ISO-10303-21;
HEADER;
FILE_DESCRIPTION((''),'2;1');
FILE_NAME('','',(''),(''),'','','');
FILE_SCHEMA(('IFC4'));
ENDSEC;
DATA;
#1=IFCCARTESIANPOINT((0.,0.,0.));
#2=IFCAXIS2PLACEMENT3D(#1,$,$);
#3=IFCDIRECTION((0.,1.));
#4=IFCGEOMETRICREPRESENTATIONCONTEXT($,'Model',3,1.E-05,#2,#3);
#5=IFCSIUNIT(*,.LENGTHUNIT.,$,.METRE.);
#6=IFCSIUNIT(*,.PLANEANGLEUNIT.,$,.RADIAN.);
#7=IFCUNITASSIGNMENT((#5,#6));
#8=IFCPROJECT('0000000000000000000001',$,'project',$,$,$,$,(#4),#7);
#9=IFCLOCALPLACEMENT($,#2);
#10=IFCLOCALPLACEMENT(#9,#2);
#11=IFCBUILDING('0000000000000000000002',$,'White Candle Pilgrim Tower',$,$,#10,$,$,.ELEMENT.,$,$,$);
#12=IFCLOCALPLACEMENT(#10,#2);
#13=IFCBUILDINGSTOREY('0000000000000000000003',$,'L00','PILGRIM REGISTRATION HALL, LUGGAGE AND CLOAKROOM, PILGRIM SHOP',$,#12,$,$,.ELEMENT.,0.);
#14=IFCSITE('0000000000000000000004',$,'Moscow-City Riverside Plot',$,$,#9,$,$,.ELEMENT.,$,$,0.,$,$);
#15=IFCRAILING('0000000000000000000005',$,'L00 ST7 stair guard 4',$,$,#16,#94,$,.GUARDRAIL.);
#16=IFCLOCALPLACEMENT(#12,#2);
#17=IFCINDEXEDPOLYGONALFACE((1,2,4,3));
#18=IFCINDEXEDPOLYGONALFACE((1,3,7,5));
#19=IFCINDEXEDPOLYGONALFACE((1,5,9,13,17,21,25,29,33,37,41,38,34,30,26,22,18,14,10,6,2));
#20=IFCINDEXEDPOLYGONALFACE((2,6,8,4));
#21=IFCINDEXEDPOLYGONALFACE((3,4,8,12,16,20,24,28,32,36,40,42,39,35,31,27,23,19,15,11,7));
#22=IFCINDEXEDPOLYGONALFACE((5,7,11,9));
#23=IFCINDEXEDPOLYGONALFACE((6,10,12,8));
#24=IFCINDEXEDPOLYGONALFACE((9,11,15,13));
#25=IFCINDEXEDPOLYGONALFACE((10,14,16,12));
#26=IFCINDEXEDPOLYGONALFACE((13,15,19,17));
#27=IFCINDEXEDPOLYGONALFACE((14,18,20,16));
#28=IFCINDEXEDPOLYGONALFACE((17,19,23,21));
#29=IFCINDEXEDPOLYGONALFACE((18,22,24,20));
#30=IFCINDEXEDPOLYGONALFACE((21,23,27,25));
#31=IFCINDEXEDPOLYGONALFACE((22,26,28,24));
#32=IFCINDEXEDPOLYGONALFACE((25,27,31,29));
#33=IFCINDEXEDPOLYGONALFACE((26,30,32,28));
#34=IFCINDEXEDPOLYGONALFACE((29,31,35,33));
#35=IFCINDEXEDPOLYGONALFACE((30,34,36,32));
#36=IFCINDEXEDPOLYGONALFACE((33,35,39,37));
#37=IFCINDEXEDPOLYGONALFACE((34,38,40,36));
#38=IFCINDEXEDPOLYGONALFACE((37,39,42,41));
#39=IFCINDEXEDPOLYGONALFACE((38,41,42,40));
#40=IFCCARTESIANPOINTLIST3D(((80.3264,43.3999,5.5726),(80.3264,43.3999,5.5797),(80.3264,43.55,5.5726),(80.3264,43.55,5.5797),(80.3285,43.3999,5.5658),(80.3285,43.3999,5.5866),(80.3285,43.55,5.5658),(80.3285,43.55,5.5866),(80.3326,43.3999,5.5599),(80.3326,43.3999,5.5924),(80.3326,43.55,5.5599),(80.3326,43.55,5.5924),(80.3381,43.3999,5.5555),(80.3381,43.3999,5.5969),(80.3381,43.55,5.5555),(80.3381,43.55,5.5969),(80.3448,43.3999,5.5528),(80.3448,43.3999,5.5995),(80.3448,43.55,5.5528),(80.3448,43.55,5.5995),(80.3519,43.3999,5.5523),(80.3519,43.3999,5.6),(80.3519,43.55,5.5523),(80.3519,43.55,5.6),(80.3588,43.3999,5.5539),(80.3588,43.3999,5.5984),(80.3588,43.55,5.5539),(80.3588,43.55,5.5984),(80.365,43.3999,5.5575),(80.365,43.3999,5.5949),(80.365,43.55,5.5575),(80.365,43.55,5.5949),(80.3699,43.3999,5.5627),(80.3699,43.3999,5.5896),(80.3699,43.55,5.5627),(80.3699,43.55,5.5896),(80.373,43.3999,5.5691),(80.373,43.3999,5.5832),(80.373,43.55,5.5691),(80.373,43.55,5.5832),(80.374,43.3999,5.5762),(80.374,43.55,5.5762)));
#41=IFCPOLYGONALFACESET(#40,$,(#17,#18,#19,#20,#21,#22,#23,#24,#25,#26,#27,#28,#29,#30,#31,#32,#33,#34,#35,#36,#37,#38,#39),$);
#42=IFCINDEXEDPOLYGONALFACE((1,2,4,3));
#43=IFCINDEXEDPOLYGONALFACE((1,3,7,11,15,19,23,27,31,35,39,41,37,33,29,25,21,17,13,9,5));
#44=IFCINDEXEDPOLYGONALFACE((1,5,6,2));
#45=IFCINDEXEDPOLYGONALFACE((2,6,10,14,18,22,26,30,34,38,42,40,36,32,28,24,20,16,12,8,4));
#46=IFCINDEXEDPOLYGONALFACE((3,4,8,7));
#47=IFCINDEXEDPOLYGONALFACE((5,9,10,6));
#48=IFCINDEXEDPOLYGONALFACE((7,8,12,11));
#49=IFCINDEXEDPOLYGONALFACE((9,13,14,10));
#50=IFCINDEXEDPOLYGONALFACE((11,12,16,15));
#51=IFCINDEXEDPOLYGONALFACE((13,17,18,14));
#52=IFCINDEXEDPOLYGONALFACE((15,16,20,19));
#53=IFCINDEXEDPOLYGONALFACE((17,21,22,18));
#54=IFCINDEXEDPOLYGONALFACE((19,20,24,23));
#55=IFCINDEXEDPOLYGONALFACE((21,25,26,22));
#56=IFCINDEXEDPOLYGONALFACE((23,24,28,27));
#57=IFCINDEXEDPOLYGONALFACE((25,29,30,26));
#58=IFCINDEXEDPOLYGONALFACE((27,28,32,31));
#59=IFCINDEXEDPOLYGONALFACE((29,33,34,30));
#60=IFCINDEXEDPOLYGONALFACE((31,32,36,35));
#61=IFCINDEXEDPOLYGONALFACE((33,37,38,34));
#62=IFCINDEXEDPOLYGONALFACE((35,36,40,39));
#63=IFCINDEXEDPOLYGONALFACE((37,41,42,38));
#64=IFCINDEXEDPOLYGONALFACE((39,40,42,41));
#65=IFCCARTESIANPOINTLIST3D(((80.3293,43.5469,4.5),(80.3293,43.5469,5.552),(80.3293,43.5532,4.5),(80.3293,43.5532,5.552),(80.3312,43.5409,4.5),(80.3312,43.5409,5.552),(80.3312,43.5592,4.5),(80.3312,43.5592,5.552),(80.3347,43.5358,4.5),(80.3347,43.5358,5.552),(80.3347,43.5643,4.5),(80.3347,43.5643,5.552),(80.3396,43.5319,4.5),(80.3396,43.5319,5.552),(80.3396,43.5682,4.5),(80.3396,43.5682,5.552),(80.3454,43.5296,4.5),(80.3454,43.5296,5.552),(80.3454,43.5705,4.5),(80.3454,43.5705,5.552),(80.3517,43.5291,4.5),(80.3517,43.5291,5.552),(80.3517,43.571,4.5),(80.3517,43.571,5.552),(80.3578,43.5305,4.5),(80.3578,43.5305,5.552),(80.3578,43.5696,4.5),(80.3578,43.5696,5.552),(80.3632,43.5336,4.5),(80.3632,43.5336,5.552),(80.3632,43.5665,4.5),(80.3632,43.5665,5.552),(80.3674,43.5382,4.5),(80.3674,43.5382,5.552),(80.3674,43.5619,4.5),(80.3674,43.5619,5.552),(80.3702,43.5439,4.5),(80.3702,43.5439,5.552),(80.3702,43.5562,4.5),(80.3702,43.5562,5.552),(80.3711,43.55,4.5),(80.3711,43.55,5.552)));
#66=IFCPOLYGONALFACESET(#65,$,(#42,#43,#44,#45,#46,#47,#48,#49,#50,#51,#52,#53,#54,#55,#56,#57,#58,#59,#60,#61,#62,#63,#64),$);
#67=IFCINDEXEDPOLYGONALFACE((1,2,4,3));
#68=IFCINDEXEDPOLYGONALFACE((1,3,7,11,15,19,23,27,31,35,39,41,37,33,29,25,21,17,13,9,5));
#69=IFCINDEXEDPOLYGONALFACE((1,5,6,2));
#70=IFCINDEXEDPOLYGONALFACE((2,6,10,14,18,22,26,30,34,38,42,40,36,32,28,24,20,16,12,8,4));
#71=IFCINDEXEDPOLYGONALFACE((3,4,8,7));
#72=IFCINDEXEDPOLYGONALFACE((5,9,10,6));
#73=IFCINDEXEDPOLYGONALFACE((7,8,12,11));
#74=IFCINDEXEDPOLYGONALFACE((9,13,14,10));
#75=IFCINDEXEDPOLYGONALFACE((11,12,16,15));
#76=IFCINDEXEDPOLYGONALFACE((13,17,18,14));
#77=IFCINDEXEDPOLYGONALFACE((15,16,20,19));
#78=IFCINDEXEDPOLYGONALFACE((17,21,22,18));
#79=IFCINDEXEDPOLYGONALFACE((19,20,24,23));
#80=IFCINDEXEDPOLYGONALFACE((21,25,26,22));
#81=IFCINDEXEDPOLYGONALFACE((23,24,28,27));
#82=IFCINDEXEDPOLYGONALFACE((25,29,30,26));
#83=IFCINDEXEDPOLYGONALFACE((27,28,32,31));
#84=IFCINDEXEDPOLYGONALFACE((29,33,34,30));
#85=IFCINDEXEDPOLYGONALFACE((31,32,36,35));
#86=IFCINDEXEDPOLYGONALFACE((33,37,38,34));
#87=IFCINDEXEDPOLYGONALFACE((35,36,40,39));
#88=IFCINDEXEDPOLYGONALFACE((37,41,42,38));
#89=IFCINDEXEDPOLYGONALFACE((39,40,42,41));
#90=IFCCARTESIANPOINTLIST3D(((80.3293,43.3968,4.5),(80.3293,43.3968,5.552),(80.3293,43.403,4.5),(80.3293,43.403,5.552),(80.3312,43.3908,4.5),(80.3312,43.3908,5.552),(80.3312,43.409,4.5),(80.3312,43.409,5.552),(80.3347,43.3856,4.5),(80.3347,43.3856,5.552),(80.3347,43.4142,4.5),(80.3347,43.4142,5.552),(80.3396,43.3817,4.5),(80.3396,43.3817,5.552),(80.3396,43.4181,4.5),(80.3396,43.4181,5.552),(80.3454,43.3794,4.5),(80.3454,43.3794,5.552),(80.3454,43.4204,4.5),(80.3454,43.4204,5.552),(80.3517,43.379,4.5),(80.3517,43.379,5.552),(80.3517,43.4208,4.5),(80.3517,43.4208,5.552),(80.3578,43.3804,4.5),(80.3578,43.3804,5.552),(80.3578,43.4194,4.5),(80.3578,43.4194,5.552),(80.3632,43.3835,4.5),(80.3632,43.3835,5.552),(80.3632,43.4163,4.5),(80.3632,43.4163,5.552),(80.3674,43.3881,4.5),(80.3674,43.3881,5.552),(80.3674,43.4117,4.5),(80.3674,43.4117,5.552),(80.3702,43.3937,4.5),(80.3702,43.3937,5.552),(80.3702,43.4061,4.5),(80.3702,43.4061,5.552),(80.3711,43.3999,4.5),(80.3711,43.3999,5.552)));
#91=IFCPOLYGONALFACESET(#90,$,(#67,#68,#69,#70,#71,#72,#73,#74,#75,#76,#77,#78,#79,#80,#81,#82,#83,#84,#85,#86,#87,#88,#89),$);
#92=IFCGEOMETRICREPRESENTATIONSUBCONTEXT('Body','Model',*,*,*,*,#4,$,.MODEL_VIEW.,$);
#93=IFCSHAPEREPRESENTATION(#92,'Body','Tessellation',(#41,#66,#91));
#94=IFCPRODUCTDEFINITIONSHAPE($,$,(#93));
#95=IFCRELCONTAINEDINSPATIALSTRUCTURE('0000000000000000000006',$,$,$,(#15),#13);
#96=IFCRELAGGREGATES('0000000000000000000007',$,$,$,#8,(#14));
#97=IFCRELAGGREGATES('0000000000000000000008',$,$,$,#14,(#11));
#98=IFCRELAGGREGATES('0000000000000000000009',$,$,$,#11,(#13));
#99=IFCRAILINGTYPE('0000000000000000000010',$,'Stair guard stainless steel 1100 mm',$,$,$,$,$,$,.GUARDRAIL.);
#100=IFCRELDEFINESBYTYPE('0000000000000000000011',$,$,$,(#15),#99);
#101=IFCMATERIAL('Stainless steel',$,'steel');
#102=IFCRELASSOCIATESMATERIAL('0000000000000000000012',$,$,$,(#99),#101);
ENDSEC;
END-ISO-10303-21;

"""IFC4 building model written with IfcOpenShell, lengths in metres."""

from ifc_helpers import new_model, si_unit, direction, frame, origin, origin_2d, place, context, subcontext, project, spatial, circle, extrude, material, type_object, element, save


model = new_model("IFC4")

# Units and contexts
model_context = context("Model", 3, precision=1e-05, world=origin(), true_north=direction((0.0, 1.0)))
body_context = subcontext(model_context, "Body", "Model", "MODEL_VIEW")
ifc_project = project(units=[si_unit("LENGTHUNIT", "METRE"), si_unit("PLANEANGLEUNIT", "RADIAN")], contexts=[model_context])

# Site, building, storey
site_placement = place(None, origin())
site = spatial("IfcSite", under=ifc_project, at=site_placement, Name="Moscow-City Riverside Plot", CompositionType="ELEMENT", RefElevation=0.0)
building_placement = place(site_placement, origin())
building = spatial("IfcBuilding", under=site, at=building_placement, Name="White Candle Pilgrim Tower", CompositionType="ELEMENT")
storey_placement = place(building_placement, origin())
storey = spatial("IfcBuildingStorey", under=building, at=storey_placement, Name="L00", Description="PILGRIM REGISTRATION HALL, LUGGAGE AND CLOAKROOM, PILGRIM SHOP", CompositionType="ELEMENT", Elevation=0.0)

# Railing
ifc_material_1 = material(Name="Stainless steel", Category="steel")
railing_type_1 = type_object("IfcRailingType", Name="Stair guard stainless steel 1100 mm", PredefinedType="GUARDRAIL", material=ifc_material_1)
railing_1_placement = place(storey_placement, frame((80.3501, 43.55, 4.5)))
element("IfcRailing", 1, at=railing_1_placement, inside=storey, type_object=railing_type_1, Name="L00 ST7 stair guard 4", PredefinedType="GUARDRAIL", context=body_context, shape_type="SweptSolid", body=[
    extrude(circle(Radius=0.0239, at=origin_2d()), frame((0.0, 0.0, 1.0762), z_axis=(0.0, -1.0, 0.0), x_axis=(1.0, 0.0, 0.0)), (0.0, 0.0, 1.0), 0.1501),
    extrude(circle(Radius=0.021, at=origin_2d()), origin(), (0.0, 0.0, 1.0), 1.052),
    extrude(circle(Radius=0.021, at=origin_2d()), frame((0.0, -0.1501, 0.0)), (0.0, 0.0, 1.0), 1.052),
])

save(model, "model.ifc")
